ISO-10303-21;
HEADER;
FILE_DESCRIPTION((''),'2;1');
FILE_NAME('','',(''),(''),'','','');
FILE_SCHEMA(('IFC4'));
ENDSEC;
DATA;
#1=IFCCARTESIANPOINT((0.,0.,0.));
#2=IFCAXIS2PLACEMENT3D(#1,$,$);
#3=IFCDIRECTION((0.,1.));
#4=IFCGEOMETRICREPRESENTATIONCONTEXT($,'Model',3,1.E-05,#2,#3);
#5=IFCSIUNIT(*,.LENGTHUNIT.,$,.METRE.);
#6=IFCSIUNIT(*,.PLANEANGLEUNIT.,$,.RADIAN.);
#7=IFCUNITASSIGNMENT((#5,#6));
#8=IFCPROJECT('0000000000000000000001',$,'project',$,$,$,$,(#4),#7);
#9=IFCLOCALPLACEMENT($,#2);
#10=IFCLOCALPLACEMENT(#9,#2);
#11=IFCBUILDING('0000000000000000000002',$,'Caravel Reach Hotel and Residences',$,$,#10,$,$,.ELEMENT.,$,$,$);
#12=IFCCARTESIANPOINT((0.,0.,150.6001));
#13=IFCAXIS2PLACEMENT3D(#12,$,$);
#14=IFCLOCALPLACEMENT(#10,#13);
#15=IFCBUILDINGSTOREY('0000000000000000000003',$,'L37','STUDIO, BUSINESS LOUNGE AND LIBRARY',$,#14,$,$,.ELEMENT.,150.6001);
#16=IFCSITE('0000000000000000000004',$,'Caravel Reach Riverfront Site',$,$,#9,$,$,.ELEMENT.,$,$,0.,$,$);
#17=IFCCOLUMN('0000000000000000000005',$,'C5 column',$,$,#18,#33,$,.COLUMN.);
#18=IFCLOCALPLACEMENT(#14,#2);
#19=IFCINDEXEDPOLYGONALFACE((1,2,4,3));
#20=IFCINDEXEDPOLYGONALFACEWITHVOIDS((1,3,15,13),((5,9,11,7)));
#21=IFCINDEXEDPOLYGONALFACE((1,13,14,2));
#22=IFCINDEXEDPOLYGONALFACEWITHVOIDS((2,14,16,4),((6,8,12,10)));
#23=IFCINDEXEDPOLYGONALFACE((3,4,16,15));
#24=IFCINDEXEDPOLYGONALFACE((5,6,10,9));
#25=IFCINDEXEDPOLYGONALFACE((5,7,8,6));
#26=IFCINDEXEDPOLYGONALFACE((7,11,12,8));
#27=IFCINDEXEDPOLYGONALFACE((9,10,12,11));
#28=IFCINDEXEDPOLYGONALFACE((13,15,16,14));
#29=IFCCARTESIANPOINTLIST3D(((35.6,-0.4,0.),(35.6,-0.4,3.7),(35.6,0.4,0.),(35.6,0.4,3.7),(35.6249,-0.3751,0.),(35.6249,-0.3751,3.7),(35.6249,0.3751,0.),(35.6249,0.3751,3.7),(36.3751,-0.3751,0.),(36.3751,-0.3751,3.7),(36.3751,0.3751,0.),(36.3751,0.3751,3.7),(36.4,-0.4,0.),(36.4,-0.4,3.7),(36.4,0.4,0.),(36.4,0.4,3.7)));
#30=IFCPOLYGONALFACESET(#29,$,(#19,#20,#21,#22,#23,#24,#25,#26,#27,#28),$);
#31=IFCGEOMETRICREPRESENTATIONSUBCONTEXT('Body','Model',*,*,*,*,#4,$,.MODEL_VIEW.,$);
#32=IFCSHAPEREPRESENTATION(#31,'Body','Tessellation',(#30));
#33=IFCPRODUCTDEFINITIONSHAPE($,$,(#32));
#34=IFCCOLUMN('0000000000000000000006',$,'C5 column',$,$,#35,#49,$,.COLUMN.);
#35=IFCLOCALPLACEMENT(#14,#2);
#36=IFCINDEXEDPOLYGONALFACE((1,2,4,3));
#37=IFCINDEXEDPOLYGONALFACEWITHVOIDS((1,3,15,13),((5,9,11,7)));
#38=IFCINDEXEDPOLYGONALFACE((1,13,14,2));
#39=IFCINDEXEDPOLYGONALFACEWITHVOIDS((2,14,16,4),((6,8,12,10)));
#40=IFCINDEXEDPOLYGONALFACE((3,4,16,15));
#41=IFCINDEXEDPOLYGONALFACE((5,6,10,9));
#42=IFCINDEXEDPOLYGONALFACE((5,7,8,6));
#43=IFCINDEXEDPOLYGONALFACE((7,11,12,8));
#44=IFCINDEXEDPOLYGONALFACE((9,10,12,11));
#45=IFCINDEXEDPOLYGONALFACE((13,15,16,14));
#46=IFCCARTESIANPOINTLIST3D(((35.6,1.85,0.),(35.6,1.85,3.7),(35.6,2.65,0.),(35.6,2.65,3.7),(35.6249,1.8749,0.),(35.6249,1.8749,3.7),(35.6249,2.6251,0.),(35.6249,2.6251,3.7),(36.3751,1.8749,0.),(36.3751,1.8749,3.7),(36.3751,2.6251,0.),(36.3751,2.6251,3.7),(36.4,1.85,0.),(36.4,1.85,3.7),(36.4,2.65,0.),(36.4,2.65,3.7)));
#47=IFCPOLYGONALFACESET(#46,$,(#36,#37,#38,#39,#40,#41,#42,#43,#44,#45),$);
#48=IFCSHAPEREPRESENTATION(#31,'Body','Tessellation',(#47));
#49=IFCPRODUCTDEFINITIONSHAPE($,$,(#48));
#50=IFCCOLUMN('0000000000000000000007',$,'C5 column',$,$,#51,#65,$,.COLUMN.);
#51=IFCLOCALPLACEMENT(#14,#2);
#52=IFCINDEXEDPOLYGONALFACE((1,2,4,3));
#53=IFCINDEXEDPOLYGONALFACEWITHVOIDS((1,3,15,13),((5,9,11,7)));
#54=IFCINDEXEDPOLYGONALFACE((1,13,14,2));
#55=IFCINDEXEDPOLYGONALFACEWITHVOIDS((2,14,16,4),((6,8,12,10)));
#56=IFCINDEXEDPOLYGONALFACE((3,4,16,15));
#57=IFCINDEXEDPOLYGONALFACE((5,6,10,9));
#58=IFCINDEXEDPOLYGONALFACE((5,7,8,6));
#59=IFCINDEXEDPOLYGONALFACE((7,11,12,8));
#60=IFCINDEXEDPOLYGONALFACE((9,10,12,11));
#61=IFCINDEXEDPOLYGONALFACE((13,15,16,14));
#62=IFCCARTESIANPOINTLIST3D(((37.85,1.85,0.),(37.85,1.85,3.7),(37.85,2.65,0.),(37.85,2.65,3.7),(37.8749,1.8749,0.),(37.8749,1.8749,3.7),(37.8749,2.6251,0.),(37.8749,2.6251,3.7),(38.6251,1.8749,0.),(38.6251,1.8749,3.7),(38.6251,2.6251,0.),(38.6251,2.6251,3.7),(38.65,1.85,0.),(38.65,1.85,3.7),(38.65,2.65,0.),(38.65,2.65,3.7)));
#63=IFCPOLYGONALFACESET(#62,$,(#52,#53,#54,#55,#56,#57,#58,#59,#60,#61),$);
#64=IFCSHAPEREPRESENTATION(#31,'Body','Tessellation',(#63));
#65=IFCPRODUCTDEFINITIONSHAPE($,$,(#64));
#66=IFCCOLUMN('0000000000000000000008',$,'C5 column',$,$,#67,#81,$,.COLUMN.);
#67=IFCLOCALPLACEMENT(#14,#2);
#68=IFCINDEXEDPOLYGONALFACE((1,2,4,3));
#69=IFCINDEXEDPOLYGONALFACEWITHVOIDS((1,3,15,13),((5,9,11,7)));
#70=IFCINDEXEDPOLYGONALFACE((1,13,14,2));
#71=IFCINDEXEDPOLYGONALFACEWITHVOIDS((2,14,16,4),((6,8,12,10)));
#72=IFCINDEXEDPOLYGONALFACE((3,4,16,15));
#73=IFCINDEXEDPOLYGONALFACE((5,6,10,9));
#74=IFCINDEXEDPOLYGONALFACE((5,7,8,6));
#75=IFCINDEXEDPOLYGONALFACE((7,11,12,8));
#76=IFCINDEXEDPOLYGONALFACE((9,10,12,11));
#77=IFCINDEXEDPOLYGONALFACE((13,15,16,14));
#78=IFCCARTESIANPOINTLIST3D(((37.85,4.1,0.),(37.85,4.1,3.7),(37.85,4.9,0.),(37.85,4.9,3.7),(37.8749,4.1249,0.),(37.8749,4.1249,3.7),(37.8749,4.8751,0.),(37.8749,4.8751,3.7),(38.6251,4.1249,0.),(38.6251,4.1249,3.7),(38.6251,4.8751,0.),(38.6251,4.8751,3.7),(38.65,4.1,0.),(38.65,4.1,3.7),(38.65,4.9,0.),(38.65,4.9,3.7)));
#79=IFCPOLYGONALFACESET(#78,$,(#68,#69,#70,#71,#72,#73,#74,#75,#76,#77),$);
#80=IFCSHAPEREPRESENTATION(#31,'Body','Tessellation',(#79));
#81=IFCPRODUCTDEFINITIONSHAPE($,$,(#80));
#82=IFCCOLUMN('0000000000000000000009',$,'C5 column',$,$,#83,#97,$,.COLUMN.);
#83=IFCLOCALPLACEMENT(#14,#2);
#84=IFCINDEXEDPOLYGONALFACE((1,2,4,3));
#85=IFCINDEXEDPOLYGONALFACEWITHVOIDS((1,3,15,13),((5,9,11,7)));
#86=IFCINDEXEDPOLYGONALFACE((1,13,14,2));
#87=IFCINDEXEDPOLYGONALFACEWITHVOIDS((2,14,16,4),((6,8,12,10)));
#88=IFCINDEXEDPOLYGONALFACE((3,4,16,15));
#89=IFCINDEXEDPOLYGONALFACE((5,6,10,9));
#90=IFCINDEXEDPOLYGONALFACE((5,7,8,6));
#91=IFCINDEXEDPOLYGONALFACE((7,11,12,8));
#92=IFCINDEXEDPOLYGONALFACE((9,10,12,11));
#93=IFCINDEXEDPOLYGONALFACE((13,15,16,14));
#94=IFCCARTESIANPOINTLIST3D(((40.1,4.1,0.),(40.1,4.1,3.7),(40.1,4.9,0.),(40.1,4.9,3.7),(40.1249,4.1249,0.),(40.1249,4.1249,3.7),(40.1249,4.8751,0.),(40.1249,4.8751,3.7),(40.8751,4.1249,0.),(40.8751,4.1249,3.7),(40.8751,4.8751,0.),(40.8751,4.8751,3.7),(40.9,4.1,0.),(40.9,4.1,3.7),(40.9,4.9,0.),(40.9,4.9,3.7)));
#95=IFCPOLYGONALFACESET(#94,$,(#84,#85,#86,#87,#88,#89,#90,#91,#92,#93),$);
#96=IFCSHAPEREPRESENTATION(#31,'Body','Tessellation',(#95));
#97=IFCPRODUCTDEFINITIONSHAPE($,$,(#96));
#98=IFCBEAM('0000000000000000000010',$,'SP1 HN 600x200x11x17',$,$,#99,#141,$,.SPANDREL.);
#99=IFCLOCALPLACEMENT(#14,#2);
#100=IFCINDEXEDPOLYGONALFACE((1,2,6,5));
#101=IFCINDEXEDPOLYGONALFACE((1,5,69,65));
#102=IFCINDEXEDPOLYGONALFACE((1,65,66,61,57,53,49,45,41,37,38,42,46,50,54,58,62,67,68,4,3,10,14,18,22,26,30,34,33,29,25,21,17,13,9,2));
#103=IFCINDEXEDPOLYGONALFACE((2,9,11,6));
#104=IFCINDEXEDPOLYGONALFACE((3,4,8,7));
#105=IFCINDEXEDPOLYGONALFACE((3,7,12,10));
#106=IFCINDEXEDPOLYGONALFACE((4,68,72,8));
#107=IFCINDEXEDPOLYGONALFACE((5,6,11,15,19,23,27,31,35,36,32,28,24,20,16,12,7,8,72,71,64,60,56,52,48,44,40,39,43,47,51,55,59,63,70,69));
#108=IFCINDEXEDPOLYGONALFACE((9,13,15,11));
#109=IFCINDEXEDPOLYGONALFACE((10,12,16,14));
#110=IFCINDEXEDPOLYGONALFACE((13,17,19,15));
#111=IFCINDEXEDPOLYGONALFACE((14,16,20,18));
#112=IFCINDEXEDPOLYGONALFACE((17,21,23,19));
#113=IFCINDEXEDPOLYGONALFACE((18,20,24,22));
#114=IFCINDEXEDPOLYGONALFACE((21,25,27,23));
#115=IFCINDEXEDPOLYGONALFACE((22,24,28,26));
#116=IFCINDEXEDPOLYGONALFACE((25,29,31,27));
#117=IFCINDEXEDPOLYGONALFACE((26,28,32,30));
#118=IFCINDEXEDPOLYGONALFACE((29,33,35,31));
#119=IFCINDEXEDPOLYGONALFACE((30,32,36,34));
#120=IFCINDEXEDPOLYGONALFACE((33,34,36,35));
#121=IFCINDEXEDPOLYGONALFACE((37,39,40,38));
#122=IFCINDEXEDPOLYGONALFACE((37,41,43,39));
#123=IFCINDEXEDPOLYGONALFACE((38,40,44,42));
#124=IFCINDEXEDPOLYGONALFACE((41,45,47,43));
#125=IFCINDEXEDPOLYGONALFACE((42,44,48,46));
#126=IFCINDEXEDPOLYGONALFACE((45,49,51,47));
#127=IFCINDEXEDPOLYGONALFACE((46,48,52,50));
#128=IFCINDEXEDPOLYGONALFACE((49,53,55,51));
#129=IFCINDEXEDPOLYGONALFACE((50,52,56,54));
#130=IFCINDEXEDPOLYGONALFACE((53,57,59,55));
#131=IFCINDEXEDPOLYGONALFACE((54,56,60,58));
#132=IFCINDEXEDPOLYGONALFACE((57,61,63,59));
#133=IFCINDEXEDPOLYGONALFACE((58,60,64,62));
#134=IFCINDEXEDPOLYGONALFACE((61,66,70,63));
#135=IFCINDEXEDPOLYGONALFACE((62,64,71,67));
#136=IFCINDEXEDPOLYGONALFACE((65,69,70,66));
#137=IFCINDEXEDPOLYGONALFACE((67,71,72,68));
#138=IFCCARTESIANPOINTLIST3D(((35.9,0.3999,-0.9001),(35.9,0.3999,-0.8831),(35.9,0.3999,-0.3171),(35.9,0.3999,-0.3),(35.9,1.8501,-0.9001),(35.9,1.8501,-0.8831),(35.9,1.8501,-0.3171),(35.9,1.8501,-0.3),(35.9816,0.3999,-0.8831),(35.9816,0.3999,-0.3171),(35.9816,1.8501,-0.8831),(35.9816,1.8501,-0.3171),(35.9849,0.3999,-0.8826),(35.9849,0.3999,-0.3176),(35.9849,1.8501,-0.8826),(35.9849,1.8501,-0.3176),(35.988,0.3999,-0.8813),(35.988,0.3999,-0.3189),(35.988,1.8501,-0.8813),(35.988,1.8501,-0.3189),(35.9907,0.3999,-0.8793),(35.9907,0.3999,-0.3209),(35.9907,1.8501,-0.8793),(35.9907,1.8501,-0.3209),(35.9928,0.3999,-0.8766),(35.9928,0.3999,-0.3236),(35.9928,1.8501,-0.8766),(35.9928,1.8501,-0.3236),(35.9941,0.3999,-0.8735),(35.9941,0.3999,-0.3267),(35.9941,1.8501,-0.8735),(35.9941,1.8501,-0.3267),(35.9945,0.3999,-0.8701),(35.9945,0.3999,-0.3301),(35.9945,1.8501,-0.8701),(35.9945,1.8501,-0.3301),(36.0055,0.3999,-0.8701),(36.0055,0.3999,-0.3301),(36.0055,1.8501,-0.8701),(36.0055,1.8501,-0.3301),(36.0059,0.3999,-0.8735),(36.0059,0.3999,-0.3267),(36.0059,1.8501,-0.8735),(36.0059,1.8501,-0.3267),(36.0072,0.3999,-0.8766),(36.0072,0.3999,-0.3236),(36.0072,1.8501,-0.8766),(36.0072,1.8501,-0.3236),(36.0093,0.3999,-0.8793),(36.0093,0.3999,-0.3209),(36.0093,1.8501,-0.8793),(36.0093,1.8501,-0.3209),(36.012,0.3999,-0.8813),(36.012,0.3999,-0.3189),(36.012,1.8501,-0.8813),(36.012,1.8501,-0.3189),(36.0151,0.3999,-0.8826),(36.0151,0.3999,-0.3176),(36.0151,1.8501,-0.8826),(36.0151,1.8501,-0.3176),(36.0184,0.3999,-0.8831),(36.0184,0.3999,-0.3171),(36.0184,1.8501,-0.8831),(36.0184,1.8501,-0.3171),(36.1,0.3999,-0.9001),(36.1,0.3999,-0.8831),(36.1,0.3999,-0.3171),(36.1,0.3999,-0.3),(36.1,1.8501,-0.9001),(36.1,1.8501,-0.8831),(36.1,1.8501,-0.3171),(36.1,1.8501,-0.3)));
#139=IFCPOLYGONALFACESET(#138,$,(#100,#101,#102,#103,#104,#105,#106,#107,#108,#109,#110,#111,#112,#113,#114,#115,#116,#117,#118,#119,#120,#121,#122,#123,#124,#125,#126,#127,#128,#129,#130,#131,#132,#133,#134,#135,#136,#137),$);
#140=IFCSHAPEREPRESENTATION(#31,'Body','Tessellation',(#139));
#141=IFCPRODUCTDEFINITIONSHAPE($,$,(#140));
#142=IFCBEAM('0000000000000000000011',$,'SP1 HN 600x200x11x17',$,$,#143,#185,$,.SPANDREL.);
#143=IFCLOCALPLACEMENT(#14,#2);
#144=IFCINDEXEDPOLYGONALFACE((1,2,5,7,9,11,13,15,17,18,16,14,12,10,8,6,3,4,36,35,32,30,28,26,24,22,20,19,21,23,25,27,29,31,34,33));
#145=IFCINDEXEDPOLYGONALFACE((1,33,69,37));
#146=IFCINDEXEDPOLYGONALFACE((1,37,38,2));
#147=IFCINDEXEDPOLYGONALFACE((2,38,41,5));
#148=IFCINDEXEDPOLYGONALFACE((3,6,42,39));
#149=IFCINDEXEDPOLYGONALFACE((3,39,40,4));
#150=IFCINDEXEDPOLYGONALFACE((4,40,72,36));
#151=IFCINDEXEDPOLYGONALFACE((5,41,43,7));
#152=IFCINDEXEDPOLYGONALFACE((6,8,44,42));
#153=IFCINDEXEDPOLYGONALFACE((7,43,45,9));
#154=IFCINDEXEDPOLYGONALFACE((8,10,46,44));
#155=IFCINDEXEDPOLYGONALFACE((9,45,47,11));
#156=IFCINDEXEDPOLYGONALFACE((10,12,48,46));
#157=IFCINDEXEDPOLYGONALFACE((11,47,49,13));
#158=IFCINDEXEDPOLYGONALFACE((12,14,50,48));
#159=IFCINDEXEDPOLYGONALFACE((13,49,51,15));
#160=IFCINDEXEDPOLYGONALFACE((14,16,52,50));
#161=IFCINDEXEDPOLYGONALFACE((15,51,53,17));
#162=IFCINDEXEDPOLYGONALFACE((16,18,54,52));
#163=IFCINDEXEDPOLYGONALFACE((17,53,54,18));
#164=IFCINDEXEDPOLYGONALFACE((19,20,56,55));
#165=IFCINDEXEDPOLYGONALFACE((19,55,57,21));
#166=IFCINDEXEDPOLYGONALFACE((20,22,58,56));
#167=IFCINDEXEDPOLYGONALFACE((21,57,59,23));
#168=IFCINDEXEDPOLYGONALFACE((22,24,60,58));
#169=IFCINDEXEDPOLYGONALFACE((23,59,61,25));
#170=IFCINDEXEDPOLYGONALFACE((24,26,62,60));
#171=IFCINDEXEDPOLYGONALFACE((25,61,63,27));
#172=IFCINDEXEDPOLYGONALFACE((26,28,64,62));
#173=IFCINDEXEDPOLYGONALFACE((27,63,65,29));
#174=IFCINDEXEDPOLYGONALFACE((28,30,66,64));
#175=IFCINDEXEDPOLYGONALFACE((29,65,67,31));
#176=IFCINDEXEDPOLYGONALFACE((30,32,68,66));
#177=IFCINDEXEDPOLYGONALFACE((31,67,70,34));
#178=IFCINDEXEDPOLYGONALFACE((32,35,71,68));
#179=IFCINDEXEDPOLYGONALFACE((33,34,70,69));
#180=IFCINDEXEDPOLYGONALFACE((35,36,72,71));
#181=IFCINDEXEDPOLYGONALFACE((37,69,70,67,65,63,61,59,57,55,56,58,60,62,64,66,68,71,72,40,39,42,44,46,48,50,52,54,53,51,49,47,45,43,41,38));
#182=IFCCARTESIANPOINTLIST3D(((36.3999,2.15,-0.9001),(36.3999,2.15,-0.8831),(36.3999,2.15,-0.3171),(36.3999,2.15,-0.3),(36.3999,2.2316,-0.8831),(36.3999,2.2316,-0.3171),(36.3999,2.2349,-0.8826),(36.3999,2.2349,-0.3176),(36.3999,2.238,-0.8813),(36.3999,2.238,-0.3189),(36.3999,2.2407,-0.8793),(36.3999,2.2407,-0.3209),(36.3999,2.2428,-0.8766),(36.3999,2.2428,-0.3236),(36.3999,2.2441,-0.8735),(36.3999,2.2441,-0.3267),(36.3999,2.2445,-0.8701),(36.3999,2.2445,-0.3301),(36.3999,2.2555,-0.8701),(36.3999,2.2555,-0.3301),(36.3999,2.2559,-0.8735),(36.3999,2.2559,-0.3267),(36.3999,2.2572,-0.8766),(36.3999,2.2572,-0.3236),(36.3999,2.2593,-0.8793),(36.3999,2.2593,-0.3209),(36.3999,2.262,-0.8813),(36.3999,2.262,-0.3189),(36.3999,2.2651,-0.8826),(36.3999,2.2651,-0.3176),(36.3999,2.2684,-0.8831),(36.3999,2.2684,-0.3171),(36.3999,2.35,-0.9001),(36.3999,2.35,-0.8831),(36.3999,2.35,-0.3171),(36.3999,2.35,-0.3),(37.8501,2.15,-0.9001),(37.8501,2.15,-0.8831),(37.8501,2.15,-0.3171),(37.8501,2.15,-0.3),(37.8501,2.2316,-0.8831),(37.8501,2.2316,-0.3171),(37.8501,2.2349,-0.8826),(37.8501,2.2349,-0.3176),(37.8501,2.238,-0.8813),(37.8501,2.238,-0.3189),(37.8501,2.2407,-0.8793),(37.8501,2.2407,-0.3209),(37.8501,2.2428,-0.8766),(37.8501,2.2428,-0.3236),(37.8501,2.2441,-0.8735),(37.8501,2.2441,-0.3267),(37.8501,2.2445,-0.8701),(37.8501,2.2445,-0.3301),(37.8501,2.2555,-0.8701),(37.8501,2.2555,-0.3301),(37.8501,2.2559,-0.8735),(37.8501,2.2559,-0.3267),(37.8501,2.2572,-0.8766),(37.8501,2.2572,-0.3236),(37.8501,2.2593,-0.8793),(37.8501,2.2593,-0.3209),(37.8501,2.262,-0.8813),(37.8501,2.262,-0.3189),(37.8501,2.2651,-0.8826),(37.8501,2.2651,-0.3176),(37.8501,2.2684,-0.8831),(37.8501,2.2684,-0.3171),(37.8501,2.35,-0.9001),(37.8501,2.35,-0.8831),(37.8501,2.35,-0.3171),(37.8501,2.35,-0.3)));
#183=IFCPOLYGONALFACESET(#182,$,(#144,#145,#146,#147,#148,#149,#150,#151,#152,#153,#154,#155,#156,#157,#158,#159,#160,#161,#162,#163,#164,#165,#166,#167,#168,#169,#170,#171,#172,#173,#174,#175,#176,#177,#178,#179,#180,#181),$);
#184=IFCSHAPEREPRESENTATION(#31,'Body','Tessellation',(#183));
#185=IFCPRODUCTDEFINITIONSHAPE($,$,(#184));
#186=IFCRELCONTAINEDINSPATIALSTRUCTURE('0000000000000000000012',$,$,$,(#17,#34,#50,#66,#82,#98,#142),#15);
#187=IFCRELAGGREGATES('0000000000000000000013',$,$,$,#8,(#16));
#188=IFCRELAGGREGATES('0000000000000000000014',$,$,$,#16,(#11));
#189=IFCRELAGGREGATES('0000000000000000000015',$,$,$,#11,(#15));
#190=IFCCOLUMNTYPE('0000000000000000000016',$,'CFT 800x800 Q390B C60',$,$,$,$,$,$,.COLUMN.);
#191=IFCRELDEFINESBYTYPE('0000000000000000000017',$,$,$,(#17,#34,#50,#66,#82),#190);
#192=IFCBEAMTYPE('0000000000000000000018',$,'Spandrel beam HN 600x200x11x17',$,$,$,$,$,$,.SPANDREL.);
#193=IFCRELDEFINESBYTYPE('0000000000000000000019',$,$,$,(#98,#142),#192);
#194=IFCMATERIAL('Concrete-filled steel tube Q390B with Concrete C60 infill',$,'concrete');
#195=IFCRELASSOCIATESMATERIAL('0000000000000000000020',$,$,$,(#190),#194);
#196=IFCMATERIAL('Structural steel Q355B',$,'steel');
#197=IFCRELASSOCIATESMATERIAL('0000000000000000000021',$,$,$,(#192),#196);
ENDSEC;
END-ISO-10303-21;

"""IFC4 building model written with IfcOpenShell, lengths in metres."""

from ifc_helpers import new_model, si_unit, direction, frame, origin, origin_2d, place, context, subcontext, project, spatial, hollow_rectangle, i_section, extrude, material, material_profile, profile_set, type_object, element, save


model = new_model("IFC4")

# Units and contexts
model_context = context("Model", 3, precision=1e-05, world=origin(), true_north=direction((0.0, 1.0)))
body_context = subcontext(model_context, "Body", "Model", "MODEL_VIEW")
ifc_project = project(units=[si_unit("LENGTHUNIT", "METRE"), si_unit("PLANEANGLEUNIT", "RADIAN")], contexts=[model_context])

# Site, building, storey
site_placement = place(None, origin())
site = spatial("IfcSite", under=ifc_project, at=site_placement, Name="Caravel Reach Riverfront Site", CompositionType="ELEMENT", RefElevation=0.0)
building_placement = place(site_placement, origin())
building = spatial("IfcBuilding", under=site, at=building_placement, Name="Caravel Reach Hotel and Residences", CompositionType="ELEMENT")
storey_placement = place(building_placement, frame((0.0, 0.0, 150.6001)))
storey = spatial("IfcBuildingStorey", under=building, at=storey_placement, Name="L37", Description="STUDIO, BUSINESS LOUNGE AND LIBRARY", CompositionType="ELEMENT", Elevation=150.6001)

# Columns
ifc_material_1 = material(Name="Concrete-filled steel tube Q390B with Concrete C60 infill", Category="concrete")
ifc_material_profile_1 = material_profile(ifc_material_1, hollow_rectangle(XDim=0.8, YDim=0.8, WallThickness=0.0249, at=origin_2d()), Name="RHS 800x800x25")
ifc_profile_set_1 = profile_set([ifc_material_profile_1], Name="Concrete-filled steel tube Q390B with Concrete C60 infill")
column_type = type_object("IfcColumnType", Name="CFT 800x800 Q390B C60", PredefinedType="COLUMN", material=ifc_profile_set_1)
for number, where, z_axis, x_axis, name in (
    (1, (36.0, 0.0, 0.0), (0.0, 0.0, 1.0), (1.0, 0.0, 0.0), "C5 column"),
    (2, (36.0, 2.25, 0.0), (0.0, 0.0, 1.0), (1.0, 0.0, 0.0), "C5 column"),
    (3, (38.25, 2.25, 0.0), (0.0, 0.0, 1.0), (1.0, 0.0, 0.0), "C5 column"),
    (4, (38.25, 4.5, 0.0), (0.0, 0.0, 1.0), (1.0, 0.0, 0.0), "C5 column"),
    (5, (40.5, 4.5, 0.0), (0.0, 0.0, 1.0), (1.0, 0.0, 0.0), "C5 column"),
):
    element("IfcColumn", number, at=place(storey_placement, frame(where, z_axis=z_axis, x_axis=x_axis)), inside=storey, type_object=column_type, Name=name, PredefinedType="COLUMN", context=body_context, shape_type="SweptSolid", body=[
        extrude(hollow_rectangle(XDim=0.8, YDim=0.8, WallThickness=0.0249, at=origin_2d()), origin(), (0.0, 0.0, 1.0), 3.7),
    ])

# Beams
ifc_material_2 = material(Name="Structural steel Q355B", Category="steel")
ifc_material_profile_2 = material_profile(ifc_material_2, i_section(OverallWidth=0.2, OverallDepth=0.6001, WebThickness=0.011, FlangeThickness=0.0171, FilletRadius=0.0129, at=origin_2d()), Name="HN 600x200x11x17")
ifc_profile_set_2 = profile_set([ifc_material_profile_2], Name="Structural steel Q355B")
beam_type = type_object("IfcBeamType", Name="Spandrel beam HN 600x200x11x17", PredefinedType="SPANDREL", material=ifc_profile_set_2)
for number, where, z_axis, x_axis, name in (
    (6, (36.0, 0.3999, -0.6001), (0.0, 1.0, 0.0), (-1.0, 0.0, 0.0), "SP1 HN 600x200x11x17"),
    (7, (36.3999, 2.25, -0.6001), (1.0, 0.0, 0.0), (0.0, 1.0, 0.0), "SP1 HN 600x200x11x17"),
):
    element("IfcBeam", number, at=place(storey_placement, frame(where, z_axis=z_axis, x_axis=x_axis)), inside=storey, type_object=beam_type, Name=name, PredefinedType="SPANDREL", context=body_context, shape_type="SweptSolid", body=[
        extrude(i_section(OverallWidth=0.2, OverallDepth=0.6001, WebThickness=0.011, FlangeThickness=0.0171, FilletRadius=0.0129, at=origin_2d()), origin(), (0.0, 0.0, 1.0), 1.4502),
    ])

save(model, "model.ifc")
